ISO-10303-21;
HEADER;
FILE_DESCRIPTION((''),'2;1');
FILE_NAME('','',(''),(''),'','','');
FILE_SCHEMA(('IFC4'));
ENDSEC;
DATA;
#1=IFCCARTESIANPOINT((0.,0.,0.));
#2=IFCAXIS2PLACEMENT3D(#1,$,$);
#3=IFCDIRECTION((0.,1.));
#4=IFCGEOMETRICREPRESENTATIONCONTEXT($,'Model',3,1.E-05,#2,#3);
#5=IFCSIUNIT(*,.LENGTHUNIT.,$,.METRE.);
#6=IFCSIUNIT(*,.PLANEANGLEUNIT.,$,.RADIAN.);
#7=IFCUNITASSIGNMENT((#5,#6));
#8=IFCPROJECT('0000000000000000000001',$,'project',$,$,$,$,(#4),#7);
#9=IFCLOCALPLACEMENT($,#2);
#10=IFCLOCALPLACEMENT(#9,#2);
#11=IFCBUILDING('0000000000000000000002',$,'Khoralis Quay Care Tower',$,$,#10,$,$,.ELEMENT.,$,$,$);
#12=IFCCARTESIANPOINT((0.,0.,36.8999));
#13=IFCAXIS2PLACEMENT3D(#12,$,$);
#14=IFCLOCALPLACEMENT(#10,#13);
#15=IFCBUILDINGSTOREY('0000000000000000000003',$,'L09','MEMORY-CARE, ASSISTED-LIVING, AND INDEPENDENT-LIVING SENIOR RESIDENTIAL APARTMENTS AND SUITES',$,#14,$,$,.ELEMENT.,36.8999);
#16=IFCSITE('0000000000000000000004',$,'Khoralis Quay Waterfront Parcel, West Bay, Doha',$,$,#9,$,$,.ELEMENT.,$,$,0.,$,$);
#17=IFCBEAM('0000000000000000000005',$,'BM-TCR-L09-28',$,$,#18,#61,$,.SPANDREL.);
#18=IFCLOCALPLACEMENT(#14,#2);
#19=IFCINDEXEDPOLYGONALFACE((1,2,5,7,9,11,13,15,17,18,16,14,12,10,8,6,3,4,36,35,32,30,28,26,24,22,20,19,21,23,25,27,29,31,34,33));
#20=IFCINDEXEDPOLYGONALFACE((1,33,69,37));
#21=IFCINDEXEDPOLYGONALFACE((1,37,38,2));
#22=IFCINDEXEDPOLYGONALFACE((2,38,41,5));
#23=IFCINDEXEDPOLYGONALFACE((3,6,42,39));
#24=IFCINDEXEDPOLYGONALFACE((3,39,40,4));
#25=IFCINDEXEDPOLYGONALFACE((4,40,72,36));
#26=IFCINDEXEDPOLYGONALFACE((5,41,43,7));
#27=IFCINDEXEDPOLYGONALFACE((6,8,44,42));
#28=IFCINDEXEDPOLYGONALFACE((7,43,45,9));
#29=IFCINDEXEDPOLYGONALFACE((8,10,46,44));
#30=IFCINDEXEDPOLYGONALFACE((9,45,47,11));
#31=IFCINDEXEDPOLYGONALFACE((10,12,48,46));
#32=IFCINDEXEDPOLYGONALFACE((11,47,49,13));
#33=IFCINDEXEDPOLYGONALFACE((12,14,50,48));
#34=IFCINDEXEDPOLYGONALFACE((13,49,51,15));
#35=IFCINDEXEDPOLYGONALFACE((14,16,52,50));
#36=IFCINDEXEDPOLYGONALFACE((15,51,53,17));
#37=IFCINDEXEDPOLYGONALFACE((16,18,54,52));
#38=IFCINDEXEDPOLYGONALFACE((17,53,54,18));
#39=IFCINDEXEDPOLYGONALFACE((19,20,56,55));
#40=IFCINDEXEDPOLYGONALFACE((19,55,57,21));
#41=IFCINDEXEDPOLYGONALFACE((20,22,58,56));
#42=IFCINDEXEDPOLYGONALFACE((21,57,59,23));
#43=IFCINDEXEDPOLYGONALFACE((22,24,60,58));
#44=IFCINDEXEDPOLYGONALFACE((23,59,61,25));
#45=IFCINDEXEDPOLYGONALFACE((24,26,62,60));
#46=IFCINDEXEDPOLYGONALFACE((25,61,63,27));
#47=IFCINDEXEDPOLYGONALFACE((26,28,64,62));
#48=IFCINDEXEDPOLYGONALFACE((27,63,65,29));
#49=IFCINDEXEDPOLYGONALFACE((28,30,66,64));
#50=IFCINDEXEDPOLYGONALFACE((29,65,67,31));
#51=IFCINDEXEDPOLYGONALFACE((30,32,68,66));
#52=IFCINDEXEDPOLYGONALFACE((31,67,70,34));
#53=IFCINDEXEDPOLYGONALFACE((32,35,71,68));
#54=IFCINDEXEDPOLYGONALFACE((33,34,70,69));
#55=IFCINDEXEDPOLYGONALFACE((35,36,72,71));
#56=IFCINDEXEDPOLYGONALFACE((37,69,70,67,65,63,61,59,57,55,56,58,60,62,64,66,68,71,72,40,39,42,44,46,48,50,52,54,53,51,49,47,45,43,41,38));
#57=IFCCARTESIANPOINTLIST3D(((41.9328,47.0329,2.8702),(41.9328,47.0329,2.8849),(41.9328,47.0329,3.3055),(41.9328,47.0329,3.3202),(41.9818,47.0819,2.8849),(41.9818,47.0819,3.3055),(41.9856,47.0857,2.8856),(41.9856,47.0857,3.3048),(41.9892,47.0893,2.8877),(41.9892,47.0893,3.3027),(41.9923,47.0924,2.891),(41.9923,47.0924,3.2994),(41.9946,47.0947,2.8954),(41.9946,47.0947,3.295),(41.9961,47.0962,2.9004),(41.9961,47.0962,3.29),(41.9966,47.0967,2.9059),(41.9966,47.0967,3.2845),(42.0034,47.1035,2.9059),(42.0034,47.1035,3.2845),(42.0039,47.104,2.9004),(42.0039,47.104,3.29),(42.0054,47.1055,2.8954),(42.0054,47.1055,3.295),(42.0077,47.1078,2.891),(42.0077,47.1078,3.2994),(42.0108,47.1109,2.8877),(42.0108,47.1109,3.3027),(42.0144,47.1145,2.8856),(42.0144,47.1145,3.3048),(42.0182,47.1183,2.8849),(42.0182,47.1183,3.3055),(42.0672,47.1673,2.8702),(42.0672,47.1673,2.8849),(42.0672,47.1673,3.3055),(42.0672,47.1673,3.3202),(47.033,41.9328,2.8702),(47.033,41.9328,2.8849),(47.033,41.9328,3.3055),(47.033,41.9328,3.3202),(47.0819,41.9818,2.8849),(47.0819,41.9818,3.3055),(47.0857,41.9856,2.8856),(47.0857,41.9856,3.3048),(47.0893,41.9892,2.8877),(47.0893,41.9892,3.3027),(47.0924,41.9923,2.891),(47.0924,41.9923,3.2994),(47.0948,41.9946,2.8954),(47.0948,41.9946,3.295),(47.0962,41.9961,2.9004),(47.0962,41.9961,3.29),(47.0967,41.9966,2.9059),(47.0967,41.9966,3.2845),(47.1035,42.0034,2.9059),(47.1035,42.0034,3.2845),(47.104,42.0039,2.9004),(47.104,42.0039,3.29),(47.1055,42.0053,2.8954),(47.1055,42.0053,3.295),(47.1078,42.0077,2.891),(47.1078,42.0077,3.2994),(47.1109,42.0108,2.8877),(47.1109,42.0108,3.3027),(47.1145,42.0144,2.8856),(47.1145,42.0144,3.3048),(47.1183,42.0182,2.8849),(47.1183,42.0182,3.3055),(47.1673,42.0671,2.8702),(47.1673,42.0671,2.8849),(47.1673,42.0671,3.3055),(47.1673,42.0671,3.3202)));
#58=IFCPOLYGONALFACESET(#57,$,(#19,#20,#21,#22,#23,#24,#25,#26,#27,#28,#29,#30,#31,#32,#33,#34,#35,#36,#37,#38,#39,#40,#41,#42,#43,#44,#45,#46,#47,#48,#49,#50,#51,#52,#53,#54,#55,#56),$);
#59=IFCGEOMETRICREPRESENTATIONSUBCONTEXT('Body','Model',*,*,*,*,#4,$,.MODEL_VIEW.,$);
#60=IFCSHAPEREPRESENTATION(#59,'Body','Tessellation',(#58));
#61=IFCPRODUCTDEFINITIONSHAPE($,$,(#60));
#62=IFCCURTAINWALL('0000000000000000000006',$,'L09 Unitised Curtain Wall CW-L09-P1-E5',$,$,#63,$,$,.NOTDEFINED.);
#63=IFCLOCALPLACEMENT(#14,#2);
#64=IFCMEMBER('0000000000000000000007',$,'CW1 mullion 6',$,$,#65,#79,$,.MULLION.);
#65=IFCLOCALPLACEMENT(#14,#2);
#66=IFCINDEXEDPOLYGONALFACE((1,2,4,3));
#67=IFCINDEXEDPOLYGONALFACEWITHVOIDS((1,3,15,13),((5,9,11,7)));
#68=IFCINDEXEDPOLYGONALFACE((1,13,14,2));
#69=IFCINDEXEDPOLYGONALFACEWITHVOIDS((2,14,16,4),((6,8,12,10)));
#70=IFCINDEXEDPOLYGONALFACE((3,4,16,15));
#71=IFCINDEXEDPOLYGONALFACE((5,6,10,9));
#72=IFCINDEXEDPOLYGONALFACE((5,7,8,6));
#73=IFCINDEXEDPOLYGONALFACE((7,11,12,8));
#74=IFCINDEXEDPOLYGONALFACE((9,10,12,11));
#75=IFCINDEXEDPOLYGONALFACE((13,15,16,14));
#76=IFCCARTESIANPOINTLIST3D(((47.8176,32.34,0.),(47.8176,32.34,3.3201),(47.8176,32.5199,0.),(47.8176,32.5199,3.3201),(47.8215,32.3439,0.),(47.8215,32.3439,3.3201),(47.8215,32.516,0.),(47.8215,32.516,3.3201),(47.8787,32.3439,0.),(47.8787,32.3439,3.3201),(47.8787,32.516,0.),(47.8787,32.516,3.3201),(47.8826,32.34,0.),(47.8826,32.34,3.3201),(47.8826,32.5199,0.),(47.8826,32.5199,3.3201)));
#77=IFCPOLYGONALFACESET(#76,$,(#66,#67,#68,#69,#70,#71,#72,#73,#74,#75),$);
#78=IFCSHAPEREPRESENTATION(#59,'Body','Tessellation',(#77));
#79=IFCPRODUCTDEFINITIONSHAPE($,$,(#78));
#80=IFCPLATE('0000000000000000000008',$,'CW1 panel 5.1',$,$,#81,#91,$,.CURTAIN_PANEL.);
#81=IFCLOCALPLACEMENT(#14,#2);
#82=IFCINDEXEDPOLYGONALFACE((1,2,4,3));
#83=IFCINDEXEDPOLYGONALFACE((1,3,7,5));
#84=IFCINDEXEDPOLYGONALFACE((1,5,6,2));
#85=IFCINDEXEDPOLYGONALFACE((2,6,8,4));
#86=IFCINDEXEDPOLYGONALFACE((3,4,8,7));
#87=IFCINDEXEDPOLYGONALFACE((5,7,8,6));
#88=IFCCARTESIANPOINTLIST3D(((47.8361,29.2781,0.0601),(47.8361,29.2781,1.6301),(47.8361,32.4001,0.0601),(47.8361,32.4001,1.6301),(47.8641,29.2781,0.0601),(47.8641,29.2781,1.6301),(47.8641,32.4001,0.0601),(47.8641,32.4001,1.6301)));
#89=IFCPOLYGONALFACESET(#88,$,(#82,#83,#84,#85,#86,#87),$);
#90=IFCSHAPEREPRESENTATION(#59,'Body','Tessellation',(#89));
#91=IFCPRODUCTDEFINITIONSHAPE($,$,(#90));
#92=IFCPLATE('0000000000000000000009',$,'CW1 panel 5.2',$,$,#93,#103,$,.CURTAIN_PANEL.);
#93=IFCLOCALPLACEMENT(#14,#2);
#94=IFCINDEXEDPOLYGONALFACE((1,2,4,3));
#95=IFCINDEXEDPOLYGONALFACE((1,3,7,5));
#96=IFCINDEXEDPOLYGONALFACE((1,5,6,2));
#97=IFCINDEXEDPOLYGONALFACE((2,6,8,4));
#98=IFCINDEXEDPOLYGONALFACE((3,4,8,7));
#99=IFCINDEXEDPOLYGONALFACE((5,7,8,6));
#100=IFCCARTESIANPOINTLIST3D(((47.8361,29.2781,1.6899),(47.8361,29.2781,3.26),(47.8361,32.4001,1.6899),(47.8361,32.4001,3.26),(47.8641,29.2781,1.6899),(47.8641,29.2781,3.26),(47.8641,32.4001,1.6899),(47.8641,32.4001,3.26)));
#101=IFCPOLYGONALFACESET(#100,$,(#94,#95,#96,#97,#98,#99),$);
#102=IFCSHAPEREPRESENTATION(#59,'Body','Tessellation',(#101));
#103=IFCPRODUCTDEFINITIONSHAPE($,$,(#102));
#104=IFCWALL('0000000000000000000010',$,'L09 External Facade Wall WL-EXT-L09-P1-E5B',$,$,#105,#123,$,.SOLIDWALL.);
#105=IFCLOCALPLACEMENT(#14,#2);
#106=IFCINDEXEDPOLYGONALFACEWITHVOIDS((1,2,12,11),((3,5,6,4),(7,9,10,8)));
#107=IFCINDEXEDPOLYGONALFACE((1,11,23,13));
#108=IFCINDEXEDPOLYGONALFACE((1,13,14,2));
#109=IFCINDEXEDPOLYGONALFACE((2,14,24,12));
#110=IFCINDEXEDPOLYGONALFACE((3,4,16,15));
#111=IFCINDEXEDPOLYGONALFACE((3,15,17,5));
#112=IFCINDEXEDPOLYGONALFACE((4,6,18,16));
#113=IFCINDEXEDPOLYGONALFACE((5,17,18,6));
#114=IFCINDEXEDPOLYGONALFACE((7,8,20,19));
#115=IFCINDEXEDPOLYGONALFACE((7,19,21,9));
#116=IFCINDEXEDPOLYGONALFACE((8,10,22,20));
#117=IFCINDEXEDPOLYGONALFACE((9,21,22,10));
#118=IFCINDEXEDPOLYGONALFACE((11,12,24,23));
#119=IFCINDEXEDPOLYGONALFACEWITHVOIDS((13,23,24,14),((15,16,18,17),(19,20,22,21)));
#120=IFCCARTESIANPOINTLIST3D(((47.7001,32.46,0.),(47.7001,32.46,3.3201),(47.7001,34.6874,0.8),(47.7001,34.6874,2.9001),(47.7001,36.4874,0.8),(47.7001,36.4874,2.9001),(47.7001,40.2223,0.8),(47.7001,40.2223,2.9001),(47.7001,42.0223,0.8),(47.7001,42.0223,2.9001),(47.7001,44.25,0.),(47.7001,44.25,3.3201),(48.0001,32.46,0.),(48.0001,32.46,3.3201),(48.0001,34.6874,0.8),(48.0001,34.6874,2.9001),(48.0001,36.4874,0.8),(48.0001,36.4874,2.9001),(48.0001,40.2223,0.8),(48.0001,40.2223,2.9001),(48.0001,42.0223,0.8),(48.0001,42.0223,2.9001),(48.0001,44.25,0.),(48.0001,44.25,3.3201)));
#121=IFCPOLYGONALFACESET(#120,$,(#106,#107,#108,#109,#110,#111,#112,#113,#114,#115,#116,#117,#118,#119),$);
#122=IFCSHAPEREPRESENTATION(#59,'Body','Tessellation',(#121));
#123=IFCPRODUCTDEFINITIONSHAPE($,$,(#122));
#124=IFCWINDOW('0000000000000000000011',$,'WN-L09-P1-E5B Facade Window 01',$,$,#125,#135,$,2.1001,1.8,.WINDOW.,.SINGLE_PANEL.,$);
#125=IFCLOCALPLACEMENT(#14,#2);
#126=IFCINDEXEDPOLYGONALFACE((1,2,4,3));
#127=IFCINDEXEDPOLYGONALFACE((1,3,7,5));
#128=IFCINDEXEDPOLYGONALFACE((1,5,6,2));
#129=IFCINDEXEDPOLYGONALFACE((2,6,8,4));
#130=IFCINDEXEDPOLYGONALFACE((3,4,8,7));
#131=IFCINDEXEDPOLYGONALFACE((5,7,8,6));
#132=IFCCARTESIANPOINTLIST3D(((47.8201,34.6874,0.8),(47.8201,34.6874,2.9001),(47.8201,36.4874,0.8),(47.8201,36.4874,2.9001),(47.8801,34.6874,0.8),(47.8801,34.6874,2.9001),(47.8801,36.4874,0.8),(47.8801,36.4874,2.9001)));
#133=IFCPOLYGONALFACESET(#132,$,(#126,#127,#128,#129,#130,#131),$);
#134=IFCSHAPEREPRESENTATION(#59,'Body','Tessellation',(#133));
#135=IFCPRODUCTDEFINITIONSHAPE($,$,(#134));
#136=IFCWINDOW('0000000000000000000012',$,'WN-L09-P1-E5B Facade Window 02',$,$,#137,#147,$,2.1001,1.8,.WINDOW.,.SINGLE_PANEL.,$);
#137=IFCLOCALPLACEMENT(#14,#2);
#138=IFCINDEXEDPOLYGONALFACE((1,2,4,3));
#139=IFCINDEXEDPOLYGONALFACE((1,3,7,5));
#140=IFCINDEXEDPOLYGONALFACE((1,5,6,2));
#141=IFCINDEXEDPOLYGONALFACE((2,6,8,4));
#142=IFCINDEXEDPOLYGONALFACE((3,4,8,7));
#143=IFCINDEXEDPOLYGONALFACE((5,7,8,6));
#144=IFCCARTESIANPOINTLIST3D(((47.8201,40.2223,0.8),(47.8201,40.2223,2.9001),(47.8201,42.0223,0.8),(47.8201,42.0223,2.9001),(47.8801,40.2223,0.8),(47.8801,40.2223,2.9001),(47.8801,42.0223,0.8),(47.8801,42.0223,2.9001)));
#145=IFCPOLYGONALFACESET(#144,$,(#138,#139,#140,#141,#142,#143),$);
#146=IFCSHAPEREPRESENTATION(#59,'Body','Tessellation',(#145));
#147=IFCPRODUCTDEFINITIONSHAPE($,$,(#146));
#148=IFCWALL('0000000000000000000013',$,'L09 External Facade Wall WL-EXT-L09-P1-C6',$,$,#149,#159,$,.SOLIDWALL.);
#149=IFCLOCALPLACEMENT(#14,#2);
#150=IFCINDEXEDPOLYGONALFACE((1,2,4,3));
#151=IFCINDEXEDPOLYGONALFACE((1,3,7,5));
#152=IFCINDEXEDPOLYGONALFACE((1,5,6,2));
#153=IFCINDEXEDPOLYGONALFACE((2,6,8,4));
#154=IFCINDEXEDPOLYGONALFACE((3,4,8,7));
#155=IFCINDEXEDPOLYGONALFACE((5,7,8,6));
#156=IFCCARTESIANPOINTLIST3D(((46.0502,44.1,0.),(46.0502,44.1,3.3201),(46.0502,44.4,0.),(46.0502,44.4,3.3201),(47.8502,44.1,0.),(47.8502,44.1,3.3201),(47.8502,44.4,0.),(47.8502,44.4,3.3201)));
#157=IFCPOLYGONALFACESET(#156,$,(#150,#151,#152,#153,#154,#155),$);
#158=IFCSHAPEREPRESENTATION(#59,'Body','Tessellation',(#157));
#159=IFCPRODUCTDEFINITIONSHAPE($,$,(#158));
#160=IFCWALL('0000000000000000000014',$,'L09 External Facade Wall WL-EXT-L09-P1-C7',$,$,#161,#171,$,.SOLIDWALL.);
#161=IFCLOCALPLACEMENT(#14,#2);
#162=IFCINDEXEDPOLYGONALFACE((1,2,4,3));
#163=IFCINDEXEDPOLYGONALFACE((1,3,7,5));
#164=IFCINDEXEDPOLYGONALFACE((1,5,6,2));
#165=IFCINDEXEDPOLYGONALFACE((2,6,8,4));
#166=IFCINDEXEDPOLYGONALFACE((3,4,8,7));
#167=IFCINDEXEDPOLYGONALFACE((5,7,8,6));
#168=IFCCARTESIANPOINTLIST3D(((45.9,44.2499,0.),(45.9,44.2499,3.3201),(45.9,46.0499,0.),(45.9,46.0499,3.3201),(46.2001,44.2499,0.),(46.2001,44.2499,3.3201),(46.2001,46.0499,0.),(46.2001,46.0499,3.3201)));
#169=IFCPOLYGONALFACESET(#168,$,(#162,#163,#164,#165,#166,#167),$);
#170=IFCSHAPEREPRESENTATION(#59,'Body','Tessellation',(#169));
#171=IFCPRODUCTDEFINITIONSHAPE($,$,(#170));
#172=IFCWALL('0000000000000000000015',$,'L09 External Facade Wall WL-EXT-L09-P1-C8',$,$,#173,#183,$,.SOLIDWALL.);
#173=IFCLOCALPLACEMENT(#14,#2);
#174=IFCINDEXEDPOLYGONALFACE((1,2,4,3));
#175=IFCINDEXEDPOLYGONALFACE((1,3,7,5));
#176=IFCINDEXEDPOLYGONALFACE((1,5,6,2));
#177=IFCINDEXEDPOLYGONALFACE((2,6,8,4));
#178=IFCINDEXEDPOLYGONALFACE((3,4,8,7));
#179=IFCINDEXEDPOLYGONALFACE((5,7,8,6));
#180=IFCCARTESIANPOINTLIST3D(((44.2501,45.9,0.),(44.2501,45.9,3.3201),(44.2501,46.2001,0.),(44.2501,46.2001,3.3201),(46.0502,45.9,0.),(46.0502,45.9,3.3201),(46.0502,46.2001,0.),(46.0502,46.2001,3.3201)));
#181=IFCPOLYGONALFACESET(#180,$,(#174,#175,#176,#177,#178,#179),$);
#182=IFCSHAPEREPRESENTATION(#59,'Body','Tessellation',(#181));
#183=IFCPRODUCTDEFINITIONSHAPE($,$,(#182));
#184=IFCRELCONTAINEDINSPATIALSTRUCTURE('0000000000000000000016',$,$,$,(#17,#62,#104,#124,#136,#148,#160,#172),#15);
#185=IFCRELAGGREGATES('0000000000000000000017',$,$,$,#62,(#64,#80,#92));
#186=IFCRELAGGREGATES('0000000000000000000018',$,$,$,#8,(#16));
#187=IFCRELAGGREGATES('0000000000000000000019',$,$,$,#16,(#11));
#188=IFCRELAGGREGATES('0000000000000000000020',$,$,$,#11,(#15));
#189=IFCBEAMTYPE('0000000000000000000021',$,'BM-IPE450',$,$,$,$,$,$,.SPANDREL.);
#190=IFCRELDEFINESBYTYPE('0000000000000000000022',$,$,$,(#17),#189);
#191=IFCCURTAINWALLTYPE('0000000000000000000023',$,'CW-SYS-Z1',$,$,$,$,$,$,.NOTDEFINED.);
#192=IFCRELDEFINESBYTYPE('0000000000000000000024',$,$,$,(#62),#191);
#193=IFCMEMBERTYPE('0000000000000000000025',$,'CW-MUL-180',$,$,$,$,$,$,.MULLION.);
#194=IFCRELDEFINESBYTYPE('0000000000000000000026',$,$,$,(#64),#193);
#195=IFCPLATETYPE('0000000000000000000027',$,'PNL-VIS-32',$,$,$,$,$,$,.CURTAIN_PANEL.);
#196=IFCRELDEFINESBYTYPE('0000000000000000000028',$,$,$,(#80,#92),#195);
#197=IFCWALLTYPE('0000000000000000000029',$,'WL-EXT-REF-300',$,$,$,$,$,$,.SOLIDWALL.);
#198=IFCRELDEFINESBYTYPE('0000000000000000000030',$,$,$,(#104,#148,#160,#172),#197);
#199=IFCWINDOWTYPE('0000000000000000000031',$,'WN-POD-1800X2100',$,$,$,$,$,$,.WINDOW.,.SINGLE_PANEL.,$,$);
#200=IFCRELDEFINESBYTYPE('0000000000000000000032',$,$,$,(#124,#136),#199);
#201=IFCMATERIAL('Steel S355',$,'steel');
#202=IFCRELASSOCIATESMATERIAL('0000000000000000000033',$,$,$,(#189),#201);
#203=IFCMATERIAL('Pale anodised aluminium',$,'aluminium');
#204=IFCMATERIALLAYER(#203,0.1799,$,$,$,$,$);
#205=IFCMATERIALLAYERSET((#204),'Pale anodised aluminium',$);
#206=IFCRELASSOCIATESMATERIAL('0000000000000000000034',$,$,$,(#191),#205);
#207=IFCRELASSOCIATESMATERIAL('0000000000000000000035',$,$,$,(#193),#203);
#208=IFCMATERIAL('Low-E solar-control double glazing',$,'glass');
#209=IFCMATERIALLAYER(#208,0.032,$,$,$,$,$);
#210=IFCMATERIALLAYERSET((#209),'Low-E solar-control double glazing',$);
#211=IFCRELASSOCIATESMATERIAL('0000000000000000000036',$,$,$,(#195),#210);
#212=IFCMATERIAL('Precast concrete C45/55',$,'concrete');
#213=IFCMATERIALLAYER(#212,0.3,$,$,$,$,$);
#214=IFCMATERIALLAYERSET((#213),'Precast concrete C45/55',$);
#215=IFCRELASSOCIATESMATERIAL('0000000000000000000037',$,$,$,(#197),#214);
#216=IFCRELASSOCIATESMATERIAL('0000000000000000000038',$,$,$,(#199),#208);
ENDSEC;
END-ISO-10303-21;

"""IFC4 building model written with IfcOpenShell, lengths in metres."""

from ifc_helpers import new_model, si_unit, direction, frame, frame_2d, origin, origin_2d, place, context, subcontext, project, spatial, rectangle, hollow_rectangle, i_section, extrude, source, transform, mapped, material, layer, layer_set, material_profile, profile_set, type_object, element, fill, aggregate, save


model = new_model("IFC4")

# Units and contexts
model_context = context("Model", 3, precision=1e-05, world=origin(), true_north=direction((0.0, 1.0)))
body_context = subcontext(model_context, "Body", "Model", "MODEL_VIEW")
ifc_project = project(units=[si_unit("LENGTHUNIT", "METRE"), si_unit("PLANEANGLEUNIT", "RADIAN")], contexts=[model_context])

# Site, building, storey
site_placement = place(None, origin())
site = spatial("IfcSite", under=ifc_project, at=site_placement, Name="Khoralis Quay Waterfront Parcel, West Bay, Doha", CompositionType="ELEMENT", RefElevation=0.0)
building_placement = place(site_placement, origin())
building = spatial("IfcBuilding", under=site, at=building_placement, Name="Khoralis Quay Care Tower", CompositionType="ELEMENT")
storey_placement = place(building_placement, frame((0.0, 0.0, 36.8999)))
storey = spatial("IfcBuildingStorey", under=building, at=storey_placement, Name="L09", Description="MEMORY-CARE, ASSISTED-LIVING, AND INDEPENDENT-LIVING SENIOR RESIDENTIAL APARTMENTS AND SUITES", CompositionType="ELEMENT", Elevation=36.8999)

# Beam
ifc_material_1 = material(Name="Steel S355", Category="steel")
ifc_material_profile_1 = material_profile(ifc_material_1, i_section(OverallWidth=0.1899, OverallDepth=0.45, WebThickness=0.0095, FlangeThickness=0.0146, FilletRadius=0.021, at=origin_2d()), Name="Steel S355")
ifc_profile_set_1 = profile_set([ifc_material_profile_1], Name="Steel S355")
beam_type = type_object("IfcBeamType", Name="BM-IPE450", PredefinedType="SPANDREL", material=ifc_profile_set_1)
shared_shape_1 = source(origin(), body_context, "Body", "SweptSolid", [
    extrude(i_section(OverallWidth=0.1899, OverallDepth=0.45, WebThickness=0.0095, FlangeThickness=0.0146, FilletRadius=0.021, at=origin_2d()), origin(), (0.0, 0.0, 1.0), 7.2126),
])
beam_placement = place(storey_placement, frame((42.0, 47.1001, 3.0952), z_axis=(0.707107, -0.707107, 0.0), x_axis=(0.707107, 0.707107, 0.0)))
element("IfcBeam", 1, at=beam_placement, inside=storey, type_object=beam_type, Name="BM-TCR-L09-28", PredefinedType="SPANDREL", context=body_context, shape_type="MappedRepresentation", body=[
    mapped(shared_shape_1, transform((0.0, 0.0, 0.0), scale=1.0)),
])

# Curtain wall, member, plates
ifc_material_2 = material(Name="Pale anodised aluminium", Category="aluminium")
ifc_layer_1 = layer(ifc_material_2, 0.1799)
ifc_layer_set_1 = layer_set([ifc_layer_1], Name="Pale anodised aluminium")
curtain_wall_type = type_object("IfcCurtainWallType", Name="CW-SYS-Z1", PredefinedType="NOTDEFINED", material=ifc_layer_set_1)
curtain_wall_placement = place(storey_placement, origin())
curtain_wall = element("IfcCurtainWall", 2, at=curtain_wall_placement, inside=storey, type_object=curtain_wall_type, Name="L09 Unitised Curtain Wall CW-L09-P1-E5", PredefinedType="NOTDEFINED")
ifc_material_profile_2 = material_profile(ifc_material_2, hollow_rectangle(XDim=0.0649, YDim=0.1799, WallThickness=0.0039, at=origin_2d()), Name="Pale anodised aluminium")
ifc_profile_set_2 = profile_set([ifc_material_profile_2], Name="Pale anodised aluminium")
member_type = type_object("IfcMemberType", Name="CW-MUL-180", PredefinedType="MULLION", material=ifc_profile_set_2)
shared_shape_2 = source(origin(), body_context, "Body", "SweptSolid", [
    extrude(hollow_rectangle(XDim=0.0649, YDim=0.1799, WallThickness=0.0039, at=origin_2d()), origin(), (0.0, 0.0, 1.0), 3.3201),
])
member_placement = place(storey_placement, frame((47.8501, 32.4299, 0.0), z_axis=(0.0, 0.0, 1.0), x_axis=(-1.0, 0.0, 0.0)))
member = element("IfcMember", 3, at=member_placement, type_object=member_type, Name="CW1 mullion 6", PredefinedType="MULLION", context=body_context, shape_type="MappedRepresentation", body=[
    mapped(shared_shape_2, transform((0.0, 0.0, 0.0), scale=1.0)),
])
ifc_material_3 = material(Name="Low-E solar-control double glazing", Category="glass")
ifc_layer_2 = layer(ifc_material_3, 0.032)
ifc_layer_set_2 = layer_set([ifc_layer_2], Name="Low-E solar-control double glazing")
plate_type = type_object("IfcPlateType", Name="PNL-VIS-32", PredefinedType="CURTAIN_PANEL", material=ifc_layer_set_2)
shared_shape_3 = source(origin(), body_context, "Body", "SweptSolid", [
    extrude(rectangle(XDim=3.1221, YDim=0.0281, at=origin_2d()), origin(), (0.0, 0.0, 1.0), 1.5701),
])
plate_1_placement = place(storey_placement, frame((47.8501, 30.8391, 0.0601), z_axis=(0.0, 0.0, 1.0), x_axis=(0.0, 1.0, 0.0)))
plate_1 = element("IfcPlate", 4, at=plate_1_placement, type_object=plate_type, Name="CW1 panel 5.1", PredefinedType="CURTAIN_PANEL", context=body_context, shape_type="MappedRepresentation", body=[
    mapped(shared_shape_3, transform((0.0, 0.0, 0.0), scale=1.0)),
])
plate_2_placement = place(storey_placement, frame((47.8501, 30.8391, 1.6899), z_axis=(0.0, 0.0, 1.0), x_axis=(0.0, 1.0, 0.0)))
plate_2 = element("IfcPlate", 5, at=plate_2_placement, type_object=plate_type, Name="CW1 panel 5.2", PredefinedType="CURTAIN_PANEL", context=body_context, shape_type="MappedRepresentation", body=[
    mapped(shared_shape_3, transform((0.0, 0.0, 0.0), scale=1.0)),
])
aggregate(curtain_wall, [member, plate_1, plate_2])

# Wall, openings, windows
ifc_material_4 = material(Name="Precast concrete C45/55", Category="concrete")
ifc_layer_3 = layer(ifc_material_4, 0.3)
ifc_layer_set_3 = layer_set([ifc_layer_3], Name="Precast concrete C45/55")
wall_type_1 = type_object("IfcWallType", Name="WL-EXT-REF-300", PredefinedType="SOLIDWALL", material=ifc_layer_set_3)
wall_1_placement = place(storey_placement, frame((47.8501, 32.46, 0.0), z_axis=(0.0, 0.0, 1.0), x_axis=(0.0, 1.0, 0.0)))
wall_1 = element("IfcWall", 6, at=wall_1_placement, inside=storey, type_object=wall_type_1, Name="L09 External Facade Wall WL-EXT-L09-P1-E5B", PredefinedType="SOLIDWALL", context=body_context, shape_type="SweptSolid", body=[
    extrude(rectangle(XDim=11.79, YDim=0.3, at=frame_2d((5.895, 0.0))), origin(), (0.0, 0.0, 1.0), 3.3201),
])
opening_1_placement = place(wall_1_placement, frame((2.2275, 0.0, 0.8)))
opening_1 = element("IfcOpeningElement", 7, at=opening_1_placement, cuts=wall_1, PredefinedType="OPENING", context=body_context, shape_type="SweptSolid", body=[
    extrude(rectangle(XDim=1.8, YDim=2.1001, at=frame_2d((0.8999, 1.05))), frame((0.0, 0.1602, 0.0), z_axis=(0.0, -1.0, 0.0), x_axis=(1.0, 0.0, 0.0)), (0.0, 0.0, 1.0), 0.3201),
])
opening_2_placement = place(wall_1_placement, frame((7.7625, 0.0, 0.8)))
opening_2 = element("IfcOpeningElement", 8, at=opening_2_placement, cuts=wall_1, PredefinedType="OPENING", context=body_context, shape_type="SweptSolid", body=[
    extrude(rectangle(XDim=1.8, YDim=2.1001, at=frame_2d((0.8999, 1.05))), frame((0.0, 0.1602, 0.0), z_axis=(0.0, -1.0, 0.0), x_axis=(1.0, 0.0, 0.0)), (0.0, 0.0, 1.0), 0.3201),
])
window_type = type_object("IfcWindowType", Name="WN-POD-1800X2100", PartitioningType="SINGLE_PANEL", PredefinedType="WINDOW", material=ifc_material_3)
shared_shape_4 = source(origin(), body_context, "Body", "SweptSolid", [
    extrude(rectangle(XDim=1.8, YDim=2.1001, at=frame_2d((0.8999, 1.05))), frame((0.0, 0.03, 0.0), z_axis=(0.0, -1.0, 0.0), x_axis=(1.0, 0.0, 0.0)), (0.0, 0.0, 1.0), 0.0601),
])
window_1_placement = place(opening_1_placement, origin())
window_1 = element("IfcWindow", 9, at=window_1_placement, inside=storey, type_object=window_type, Name="WN-L09-P1-E5B Facade Window 01", OverallHeight=2.1001, OverallWidth=1.8, PartitioningType="SINGLE_PANEL", PredefinedType="WINDOW", context=body_context, shape_type="MappedRepresentation", body=[
    mapped(shared_shape_4, transform((0.0, 0.0, 0.0), scale=1.0)),
])
fill(opening_1, window_1)
window_2_placement = place(opening_2_placement, origin())
window_2 = element("IfcWindow", 10, at=window_2_placement, inside=storey, type_object=window_type, Name="WN-L09-P1-E5B Facade Window 02", OverallHeight=2.1001, OverallWidth=1.8, PartitioningType="SINGLE_PANEL", PredefinedType="WINDOW", context=body_context, shape_type="MappedRepresentation", body=[
    mapped(shared_shape_4, transform((0.0, 0.0, 0.0), scale=1.0)),
])
fill(opening_2, window_2)

# Walls
for number, where, z_axis, x_axis, name in (
    (11, (47.8501, 44.25, 0.0), (0.0, 0.0, 1.0), (-1.0, 0.0, 0.0), "L09 External Facade Wall WL-EXT-L09-P1-C6"),
    (12, (46.05, 44.25, 0.0), (0.0, 0.0, 1.0), (0.0, 1.0, 0.0), "L09 External Facade Wall WL-EXT-L09-P1-C7"),
    (13, (46.05, 46.05, 0.0), (0.0, 0.0, 1.0), (-1.0, 0.0, 0.0), "L09 External Facade Wall WL-EXT-L09-P1-C8"),
):
    element("IfcWall", number, at=place(storey_placement, frame(where, z_axis=z_axis, x_axis=x_axis)), inside=storey, type_object=wall_type_1, Name=name, PredefinedType="SOLIDWALL", context=body_context, shape_type="SweptSolid", body=[
        extrude(rectangle(XDim=1.8, YDim=0.3, at=frame_2d((0.8999, 0.0))), origin(), (0.0, 0.0, 1.0), 3.3201),
    ])

save(model, "model.ifc")
